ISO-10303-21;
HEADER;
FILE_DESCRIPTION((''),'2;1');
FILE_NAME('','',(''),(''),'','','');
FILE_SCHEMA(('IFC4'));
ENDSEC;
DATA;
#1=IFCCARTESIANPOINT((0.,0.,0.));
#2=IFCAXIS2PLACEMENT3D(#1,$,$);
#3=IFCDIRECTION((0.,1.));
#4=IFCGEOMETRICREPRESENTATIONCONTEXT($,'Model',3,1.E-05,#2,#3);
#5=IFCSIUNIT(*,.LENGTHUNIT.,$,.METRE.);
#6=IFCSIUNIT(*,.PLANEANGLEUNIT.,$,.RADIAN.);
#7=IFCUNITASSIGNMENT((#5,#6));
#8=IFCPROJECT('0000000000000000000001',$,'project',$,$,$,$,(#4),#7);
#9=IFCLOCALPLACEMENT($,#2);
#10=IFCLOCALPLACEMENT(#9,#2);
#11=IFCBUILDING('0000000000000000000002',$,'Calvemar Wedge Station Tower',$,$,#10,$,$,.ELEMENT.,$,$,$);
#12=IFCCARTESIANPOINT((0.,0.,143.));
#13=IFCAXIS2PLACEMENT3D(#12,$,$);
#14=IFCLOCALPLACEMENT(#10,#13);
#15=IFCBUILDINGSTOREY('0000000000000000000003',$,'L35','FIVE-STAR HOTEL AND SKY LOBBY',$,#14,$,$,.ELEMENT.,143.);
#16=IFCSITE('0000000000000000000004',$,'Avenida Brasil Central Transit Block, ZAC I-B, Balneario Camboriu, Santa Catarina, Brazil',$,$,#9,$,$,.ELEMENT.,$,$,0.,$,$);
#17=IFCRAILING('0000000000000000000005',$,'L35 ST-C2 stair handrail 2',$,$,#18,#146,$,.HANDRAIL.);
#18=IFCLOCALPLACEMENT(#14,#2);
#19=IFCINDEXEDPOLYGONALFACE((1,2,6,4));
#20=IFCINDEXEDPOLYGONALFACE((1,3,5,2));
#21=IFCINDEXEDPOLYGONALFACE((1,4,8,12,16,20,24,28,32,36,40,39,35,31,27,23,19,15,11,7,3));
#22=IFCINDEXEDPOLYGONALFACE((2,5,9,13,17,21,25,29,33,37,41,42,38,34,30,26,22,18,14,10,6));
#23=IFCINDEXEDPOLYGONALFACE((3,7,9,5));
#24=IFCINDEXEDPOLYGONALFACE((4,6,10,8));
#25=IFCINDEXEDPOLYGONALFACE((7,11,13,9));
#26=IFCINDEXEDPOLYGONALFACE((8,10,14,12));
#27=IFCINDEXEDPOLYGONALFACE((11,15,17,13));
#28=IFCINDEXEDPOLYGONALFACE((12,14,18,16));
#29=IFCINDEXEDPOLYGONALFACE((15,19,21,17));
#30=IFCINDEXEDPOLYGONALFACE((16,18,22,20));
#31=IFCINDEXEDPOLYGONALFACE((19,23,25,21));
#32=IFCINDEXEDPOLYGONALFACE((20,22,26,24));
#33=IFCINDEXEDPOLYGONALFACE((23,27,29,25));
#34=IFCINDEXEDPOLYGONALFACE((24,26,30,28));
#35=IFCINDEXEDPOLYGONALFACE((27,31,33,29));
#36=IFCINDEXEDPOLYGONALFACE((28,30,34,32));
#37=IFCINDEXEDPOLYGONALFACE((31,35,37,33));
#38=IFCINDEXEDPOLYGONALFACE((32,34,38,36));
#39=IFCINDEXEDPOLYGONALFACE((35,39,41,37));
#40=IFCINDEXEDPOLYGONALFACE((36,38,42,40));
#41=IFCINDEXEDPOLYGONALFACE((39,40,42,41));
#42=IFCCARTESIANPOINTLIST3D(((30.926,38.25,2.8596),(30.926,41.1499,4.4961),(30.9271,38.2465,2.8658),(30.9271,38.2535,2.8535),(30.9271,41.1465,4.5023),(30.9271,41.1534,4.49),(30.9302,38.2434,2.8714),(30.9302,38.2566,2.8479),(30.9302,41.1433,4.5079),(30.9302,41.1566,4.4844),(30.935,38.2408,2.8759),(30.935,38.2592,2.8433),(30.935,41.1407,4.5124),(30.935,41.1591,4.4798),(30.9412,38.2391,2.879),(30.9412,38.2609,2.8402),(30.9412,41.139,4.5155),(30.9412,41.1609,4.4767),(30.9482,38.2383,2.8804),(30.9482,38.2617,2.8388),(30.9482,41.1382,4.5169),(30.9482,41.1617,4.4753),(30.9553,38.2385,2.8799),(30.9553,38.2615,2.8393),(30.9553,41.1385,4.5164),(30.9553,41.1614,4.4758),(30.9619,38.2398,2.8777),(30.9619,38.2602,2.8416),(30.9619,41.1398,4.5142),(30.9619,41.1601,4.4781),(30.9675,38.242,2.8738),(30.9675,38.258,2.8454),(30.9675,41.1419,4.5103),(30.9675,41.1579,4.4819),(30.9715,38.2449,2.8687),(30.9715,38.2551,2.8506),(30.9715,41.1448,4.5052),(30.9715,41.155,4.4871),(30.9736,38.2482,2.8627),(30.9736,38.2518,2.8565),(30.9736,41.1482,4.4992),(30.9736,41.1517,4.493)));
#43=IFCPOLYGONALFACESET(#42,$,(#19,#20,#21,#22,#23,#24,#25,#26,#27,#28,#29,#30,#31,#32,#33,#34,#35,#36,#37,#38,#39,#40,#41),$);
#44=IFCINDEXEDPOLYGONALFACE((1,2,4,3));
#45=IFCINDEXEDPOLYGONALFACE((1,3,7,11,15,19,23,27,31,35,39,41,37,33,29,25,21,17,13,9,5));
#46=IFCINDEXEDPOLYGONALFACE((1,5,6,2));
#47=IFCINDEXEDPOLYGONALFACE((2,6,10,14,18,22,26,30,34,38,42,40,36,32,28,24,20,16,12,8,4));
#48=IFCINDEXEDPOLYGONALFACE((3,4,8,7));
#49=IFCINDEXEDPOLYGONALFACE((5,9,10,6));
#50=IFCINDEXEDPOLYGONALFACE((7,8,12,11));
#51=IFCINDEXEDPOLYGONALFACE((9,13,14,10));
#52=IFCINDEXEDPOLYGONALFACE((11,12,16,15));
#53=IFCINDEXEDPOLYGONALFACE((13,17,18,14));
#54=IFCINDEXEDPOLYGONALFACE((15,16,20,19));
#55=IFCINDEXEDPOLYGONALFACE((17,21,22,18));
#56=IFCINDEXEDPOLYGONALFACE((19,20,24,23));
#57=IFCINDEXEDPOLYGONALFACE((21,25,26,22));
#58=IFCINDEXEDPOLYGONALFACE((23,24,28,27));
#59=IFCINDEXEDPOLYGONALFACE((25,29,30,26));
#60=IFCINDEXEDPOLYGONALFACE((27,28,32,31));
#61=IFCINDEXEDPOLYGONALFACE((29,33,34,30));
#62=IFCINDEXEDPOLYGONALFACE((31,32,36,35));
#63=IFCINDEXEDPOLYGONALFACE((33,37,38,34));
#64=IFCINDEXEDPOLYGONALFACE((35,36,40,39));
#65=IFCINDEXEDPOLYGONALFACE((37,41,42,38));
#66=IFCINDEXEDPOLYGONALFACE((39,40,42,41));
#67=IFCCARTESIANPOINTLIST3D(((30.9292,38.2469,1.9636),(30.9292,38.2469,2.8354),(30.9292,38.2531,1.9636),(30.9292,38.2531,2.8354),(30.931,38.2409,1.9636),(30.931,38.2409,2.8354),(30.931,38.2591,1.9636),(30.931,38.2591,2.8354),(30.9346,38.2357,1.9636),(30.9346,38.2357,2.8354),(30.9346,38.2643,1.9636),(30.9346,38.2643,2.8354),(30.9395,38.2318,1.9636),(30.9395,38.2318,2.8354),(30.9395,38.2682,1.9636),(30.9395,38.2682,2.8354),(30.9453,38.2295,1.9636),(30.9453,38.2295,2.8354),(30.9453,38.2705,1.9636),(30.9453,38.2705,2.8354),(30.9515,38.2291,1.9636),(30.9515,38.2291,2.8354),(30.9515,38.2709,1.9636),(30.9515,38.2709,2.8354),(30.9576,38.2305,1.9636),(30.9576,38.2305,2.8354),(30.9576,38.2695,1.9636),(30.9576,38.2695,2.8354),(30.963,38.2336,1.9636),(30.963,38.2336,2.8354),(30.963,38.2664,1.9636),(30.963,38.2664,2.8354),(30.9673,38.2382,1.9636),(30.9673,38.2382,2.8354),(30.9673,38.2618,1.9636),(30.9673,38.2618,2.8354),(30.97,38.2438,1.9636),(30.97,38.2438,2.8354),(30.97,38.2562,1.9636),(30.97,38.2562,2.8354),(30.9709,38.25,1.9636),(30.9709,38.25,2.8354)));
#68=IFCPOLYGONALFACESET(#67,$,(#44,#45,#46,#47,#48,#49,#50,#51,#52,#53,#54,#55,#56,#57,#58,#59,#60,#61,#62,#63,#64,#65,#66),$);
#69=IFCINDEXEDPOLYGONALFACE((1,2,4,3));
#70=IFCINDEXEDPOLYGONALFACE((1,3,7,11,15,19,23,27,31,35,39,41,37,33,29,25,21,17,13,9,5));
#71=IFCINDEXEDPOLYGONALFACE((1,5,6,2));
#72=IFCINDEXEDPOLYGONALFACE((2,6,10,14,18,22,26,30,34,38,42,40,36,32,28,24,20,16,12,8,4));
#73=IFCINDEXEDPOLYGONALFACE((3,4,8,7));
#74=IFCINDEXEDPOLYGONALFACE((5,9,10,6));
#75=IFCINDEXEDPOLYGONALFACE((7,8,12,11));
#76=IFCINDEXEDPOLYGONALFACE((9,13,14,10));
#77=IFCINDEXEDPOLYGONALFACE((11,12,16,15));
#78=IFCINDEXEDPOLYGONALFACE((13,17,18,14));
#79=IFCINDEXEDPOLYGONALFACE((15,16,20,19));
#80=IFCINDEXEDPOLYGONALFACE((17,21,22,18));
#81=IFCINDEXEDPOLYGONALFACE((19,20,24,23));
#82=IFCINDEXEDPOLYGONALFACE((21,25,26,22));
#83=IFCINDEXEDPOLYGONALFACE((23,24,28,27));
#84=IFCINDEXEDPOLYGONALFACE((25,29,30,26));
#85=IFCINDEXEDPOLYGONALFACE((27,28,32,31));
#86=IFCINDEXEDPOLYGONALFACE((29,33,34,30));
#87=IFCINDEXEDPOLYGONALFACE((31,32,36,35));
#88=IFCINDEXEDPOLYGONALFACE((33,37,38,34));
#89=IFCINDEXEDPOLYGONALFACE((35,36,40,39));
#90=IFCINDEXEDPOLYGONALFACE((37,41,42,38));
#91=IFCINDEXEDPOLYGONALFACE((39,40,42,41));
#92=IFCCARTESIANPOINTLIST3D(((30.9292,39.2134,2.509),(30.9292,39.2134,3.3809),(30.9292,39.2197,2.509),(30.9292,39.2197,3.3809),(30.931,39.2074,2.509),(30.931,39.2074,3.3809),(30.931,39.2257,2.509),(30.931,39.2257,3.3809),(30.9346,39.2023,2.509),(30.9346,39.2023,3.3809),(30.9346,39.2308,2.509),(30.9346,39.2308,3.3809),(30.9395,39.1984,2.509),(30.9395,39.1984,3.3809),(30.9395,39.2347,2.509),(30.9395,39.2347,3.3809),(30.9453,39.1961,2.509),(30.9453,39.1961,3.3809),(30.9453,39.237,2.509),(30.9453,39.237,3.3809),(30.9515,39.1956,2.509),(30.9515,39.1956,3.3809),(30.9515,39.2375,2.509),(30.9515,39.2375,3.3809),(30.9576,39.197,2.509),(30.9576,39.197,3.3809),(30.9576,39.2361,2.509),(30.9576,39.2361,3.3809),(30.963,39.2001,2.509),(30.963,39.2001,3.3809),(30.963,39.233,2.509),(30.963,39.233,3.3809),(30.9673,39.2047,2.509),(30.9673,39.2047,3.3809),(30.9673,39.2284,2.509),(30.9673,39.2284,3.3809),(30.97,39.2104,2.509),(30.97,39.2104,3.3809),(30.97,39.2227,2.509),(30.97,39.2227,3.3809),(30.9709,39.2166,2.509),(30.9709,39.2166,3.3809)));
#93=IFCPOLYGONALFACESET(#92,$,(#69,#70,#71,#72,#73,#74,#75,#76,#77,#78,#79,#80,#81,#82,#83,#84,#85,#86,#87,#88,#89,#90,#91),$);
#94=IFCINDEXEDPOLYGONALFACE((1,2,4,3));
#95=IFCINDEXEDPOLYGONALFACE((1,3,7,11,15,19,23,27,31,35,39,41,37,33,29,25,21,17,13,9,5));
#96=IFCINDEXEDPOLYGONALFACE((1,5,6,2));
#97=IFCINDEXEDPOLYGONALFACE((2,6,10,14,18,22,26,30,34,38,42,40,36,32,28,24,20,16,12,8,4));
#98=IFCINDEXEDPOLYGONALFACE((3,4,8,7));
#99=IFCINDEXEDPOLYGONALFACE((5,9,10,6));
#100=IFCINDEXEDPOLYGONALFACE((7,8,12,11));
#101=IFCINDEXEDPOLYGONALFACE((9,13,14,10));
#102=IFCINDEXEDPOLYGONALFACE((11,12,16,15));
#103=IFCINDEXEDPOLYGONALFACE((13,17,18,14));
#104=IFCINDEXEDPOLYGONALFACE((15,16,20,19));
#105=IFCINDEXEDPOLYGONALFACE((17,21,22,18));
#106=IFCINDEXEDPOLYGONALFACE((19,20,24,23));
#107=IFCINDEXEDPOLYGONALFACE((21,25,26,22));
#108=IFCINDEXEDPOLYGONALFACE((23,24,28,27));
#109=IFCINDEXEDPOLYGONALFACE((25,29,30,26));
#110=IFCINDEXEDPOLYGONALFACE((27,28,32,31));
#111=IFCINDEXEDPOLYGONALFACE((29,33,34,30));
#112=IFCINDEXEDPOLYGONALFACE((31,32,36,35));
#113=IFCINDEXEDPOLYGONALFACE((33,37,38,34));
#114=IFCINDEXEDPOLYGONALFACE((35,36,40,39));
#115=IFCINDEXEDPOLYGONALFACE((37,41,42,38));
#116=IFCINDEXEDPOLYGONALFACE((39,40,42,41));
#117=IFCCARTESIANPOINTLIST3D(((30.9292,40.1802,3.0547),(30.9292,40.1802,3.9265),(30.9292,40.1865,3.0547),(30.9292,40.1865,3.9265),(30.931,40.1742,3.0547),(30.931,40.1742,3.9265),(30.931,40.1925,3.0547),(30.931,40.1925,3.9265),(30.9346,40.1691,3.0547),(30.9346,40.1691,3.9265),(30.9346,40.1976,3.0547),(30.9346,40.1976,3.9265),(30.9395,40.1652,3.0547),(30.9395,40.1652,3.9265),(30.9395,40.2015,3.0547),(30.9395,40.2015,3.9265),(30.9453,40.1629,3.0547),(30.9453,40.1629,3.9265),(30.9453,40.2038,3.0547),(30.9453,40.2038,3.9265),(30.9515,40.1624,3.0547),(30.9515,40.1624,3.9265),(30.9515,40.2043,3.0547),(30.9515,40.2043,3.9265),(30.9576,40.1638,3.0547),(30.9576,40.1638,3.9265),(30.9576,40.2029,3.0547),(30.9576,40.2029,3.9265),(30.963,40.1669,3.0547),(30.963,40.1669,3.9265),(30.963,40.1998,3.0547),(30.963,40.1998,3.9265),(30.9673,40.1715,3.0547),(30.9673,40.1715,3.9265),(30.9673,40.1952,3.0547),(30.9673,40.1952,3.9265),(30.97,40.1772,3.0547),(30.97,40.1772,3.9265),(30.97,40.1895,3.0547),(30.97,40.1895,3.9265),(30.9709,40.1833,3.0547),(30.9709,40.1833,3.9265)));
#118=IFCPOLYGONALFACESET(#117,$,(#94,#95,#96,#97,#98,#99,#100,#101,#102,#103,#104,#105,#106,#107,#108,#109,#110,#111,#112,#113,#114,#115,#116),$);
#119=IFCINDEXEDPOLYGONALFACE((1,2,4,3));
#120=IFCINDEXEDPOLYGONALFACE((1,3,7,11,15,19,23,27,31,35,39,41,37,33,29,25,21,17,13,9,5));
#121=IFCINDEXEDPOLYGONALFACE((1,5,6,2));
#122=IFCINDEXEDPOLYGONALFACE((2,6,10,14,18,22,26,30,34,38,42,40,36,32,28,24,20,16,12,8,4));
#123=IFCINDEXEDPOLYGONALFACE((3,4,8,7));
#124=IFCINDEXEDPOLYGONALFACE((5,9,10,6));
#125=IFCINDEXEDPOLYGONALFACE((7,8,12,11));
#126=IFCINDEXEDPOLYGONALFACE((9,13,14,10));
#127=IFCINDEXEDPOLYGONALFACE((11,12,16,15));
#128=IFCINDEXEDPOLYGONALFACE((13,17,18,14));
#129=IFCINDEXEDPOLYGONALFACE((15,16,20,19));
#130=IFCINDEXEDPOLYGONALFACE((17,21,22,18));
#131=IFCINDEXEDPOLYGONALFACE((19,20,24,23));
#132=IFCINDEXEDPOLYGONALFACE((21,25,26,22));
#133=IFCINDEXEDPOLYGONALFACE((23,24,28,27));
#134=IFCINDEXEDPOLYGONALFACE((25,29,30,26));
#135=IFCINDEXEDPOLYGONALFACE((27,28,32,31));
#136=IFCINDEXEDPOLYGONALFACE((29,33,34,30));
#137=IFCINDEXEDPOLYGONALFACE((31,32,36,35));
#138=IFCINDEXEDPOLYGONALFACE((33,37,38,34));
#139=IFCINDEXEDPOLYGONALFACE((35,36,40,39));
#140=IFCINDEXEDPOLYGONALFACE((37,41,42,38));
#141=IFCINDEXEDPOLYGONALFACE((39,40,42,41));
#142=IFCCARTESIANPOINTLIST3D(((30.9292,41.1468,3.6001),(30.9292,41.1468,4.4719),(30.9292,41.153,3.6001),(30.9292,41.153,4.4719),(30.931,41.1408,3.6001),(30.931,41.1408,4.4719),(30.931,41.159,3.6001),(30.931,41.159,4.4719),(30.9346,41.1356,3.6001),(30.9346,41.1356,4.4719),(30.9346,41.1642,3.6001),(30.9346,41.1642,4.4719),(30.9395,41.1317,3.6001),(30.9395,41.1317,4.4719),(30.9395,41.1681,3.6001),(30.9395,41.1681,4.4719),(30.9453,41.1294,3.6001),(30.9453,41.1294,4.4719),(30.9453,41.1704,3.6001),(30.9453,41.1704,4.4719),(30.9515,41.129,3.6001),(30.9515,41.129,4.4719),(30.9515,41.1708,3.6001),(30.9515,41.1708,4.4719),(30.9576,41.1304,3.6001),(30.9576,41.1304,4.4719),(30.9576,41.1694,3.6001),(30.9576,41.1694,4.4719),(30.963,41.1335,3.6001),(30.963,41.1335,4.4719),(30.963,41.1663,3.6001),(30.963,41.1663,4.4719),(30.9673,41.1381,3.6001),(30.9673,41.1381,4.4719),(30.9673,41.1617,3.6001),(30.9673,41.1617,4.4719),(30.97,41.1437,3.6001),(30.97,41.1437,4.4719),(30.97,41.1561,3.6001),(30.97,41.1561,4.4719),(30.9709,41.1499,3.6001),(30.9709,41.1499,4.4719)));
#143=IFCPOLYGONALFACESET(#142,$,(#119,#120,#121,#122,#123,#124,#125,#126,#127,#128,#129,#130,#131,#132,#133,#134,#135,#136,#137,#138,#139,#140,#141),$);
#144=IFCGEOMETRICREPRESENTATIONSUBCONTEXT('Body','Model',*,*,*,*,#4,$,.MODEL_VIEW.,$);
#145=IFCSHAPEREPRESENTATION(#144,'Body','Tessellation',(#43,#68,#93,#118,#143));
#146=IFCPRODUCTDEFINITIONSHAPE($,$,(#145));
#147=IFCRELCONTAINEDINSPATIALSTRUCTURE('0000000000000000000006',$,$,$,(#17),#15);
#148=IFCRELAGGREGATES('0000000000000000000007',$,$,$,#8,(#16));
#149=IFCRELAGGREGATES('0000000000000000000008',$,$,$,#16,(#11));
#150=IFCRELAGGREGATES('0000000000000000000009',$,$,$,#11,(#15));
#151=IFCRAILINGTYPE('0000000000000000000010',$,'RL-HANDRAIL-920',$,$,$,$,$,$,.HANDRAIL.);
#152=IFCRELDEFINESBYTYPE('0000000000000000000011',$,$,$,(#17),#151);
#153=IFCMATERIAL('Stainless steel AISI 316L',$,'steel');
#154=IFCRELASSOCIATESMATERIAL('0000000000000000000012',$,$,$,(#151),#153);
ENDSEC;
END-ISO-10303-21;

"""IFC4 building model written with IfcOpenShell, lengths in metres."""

from ifc_helpers import new_model, si_unit, direction, frame, origin, origin_2d, place, context, subcontext, project, spatial, circle, extrude, material, type_object, element, save


model = new_model("IFC4")

# Units and contexts
model_context = context("Model", 3, precision=1e-05, world=origin(), true_north=direction((0.0, 1.0)))
body_context = subcontext(model_context, "Body", "Model", "MODEL_VIEW")
ifc_project = project(units=[si_unit("LENGTHUNIT", "METRE"), si_unit("PLANEANGLEUNIT", "RADIAN")], contexts=[model_context])

# Site, building, storey
site_placement = place(None, origin())
site = spatial("IfcSite", under=ifc_project, at=site_placement, Name="Avenida Brasil Central Transit Block, ZAC I-B, Balneario Camboriu, Santa Catarina, Brazil", CompositionType="ELEMENT", RefElevation=0.0)
building_placement = place(site_placement, origin())
building = spatial("IfcBuilding", under=site, at=building_placement, Name="Calvemar Wedge Station Tower", CompositionType="ELEMENT")
storey_placement = place(building_placement, frame((0.0, 0.0, 143.0)))
storey = spatial("IfcBuildingStorey", under=building, at=storey_placement, Name="L35", Description="FIVE-STAR HOTEL AND SKY LOBBY", CompositionType="ELEMENT", Elevation=143.0)

# Railing
ifc_material_1 = material(Name="Stainless steel AISI 316L", Category="steel")
railing_type_1 = type_object("IfcRailingType", Name="RL-HANDRAIL-920", PredefinedType="HANDRAIL", material=ifc_material_1)
railing_1_placement = place(storey_placement, frame((30.95, 38.25, 1.9636)))
element("IfcRailing", 1, at=railing_1_placement, inside=storey, type_object=railing_type_1, Name="L35 ST-C2 stair handrail 2", PredefinedType="HANDRAIL", context=body_context, shape_type="SweptSolid", body=[
    extrude(circle(Radius=0.0239, at=origin_2d()), frame((0.0, 0.0, 0.896), z_axis=(0.0, 0.870897, 0.491465), x_axis=(-1.0, 0.0, 0.0)), (0.0, 0.0, 1.0), 3.3298),
    extrude(circle(Radius=0.021, at=origin_2d()), origin(), (0.0, 0.0, 1.0), 0.8718),
    extrude(circle(Radius=0.021, at=origin_2d()), frame((0.0, 0.9666, 0.5454)), (0.0, 0.0, 1.0), 0.8718),
    extrude(circle(Radius=0.021, at=origin_2d()), frame((0.0, 1.9333, 1.0911)), (0.0, 0.0, 1.0), 0.8718),
    extrude(circle(Radius=0.021, at=origin_2d()), frame((0.0, 2.8999, 1.6365)), (0.0, 0.0, 1.0), 0.8718),
])

save(model, "model.ifc")
